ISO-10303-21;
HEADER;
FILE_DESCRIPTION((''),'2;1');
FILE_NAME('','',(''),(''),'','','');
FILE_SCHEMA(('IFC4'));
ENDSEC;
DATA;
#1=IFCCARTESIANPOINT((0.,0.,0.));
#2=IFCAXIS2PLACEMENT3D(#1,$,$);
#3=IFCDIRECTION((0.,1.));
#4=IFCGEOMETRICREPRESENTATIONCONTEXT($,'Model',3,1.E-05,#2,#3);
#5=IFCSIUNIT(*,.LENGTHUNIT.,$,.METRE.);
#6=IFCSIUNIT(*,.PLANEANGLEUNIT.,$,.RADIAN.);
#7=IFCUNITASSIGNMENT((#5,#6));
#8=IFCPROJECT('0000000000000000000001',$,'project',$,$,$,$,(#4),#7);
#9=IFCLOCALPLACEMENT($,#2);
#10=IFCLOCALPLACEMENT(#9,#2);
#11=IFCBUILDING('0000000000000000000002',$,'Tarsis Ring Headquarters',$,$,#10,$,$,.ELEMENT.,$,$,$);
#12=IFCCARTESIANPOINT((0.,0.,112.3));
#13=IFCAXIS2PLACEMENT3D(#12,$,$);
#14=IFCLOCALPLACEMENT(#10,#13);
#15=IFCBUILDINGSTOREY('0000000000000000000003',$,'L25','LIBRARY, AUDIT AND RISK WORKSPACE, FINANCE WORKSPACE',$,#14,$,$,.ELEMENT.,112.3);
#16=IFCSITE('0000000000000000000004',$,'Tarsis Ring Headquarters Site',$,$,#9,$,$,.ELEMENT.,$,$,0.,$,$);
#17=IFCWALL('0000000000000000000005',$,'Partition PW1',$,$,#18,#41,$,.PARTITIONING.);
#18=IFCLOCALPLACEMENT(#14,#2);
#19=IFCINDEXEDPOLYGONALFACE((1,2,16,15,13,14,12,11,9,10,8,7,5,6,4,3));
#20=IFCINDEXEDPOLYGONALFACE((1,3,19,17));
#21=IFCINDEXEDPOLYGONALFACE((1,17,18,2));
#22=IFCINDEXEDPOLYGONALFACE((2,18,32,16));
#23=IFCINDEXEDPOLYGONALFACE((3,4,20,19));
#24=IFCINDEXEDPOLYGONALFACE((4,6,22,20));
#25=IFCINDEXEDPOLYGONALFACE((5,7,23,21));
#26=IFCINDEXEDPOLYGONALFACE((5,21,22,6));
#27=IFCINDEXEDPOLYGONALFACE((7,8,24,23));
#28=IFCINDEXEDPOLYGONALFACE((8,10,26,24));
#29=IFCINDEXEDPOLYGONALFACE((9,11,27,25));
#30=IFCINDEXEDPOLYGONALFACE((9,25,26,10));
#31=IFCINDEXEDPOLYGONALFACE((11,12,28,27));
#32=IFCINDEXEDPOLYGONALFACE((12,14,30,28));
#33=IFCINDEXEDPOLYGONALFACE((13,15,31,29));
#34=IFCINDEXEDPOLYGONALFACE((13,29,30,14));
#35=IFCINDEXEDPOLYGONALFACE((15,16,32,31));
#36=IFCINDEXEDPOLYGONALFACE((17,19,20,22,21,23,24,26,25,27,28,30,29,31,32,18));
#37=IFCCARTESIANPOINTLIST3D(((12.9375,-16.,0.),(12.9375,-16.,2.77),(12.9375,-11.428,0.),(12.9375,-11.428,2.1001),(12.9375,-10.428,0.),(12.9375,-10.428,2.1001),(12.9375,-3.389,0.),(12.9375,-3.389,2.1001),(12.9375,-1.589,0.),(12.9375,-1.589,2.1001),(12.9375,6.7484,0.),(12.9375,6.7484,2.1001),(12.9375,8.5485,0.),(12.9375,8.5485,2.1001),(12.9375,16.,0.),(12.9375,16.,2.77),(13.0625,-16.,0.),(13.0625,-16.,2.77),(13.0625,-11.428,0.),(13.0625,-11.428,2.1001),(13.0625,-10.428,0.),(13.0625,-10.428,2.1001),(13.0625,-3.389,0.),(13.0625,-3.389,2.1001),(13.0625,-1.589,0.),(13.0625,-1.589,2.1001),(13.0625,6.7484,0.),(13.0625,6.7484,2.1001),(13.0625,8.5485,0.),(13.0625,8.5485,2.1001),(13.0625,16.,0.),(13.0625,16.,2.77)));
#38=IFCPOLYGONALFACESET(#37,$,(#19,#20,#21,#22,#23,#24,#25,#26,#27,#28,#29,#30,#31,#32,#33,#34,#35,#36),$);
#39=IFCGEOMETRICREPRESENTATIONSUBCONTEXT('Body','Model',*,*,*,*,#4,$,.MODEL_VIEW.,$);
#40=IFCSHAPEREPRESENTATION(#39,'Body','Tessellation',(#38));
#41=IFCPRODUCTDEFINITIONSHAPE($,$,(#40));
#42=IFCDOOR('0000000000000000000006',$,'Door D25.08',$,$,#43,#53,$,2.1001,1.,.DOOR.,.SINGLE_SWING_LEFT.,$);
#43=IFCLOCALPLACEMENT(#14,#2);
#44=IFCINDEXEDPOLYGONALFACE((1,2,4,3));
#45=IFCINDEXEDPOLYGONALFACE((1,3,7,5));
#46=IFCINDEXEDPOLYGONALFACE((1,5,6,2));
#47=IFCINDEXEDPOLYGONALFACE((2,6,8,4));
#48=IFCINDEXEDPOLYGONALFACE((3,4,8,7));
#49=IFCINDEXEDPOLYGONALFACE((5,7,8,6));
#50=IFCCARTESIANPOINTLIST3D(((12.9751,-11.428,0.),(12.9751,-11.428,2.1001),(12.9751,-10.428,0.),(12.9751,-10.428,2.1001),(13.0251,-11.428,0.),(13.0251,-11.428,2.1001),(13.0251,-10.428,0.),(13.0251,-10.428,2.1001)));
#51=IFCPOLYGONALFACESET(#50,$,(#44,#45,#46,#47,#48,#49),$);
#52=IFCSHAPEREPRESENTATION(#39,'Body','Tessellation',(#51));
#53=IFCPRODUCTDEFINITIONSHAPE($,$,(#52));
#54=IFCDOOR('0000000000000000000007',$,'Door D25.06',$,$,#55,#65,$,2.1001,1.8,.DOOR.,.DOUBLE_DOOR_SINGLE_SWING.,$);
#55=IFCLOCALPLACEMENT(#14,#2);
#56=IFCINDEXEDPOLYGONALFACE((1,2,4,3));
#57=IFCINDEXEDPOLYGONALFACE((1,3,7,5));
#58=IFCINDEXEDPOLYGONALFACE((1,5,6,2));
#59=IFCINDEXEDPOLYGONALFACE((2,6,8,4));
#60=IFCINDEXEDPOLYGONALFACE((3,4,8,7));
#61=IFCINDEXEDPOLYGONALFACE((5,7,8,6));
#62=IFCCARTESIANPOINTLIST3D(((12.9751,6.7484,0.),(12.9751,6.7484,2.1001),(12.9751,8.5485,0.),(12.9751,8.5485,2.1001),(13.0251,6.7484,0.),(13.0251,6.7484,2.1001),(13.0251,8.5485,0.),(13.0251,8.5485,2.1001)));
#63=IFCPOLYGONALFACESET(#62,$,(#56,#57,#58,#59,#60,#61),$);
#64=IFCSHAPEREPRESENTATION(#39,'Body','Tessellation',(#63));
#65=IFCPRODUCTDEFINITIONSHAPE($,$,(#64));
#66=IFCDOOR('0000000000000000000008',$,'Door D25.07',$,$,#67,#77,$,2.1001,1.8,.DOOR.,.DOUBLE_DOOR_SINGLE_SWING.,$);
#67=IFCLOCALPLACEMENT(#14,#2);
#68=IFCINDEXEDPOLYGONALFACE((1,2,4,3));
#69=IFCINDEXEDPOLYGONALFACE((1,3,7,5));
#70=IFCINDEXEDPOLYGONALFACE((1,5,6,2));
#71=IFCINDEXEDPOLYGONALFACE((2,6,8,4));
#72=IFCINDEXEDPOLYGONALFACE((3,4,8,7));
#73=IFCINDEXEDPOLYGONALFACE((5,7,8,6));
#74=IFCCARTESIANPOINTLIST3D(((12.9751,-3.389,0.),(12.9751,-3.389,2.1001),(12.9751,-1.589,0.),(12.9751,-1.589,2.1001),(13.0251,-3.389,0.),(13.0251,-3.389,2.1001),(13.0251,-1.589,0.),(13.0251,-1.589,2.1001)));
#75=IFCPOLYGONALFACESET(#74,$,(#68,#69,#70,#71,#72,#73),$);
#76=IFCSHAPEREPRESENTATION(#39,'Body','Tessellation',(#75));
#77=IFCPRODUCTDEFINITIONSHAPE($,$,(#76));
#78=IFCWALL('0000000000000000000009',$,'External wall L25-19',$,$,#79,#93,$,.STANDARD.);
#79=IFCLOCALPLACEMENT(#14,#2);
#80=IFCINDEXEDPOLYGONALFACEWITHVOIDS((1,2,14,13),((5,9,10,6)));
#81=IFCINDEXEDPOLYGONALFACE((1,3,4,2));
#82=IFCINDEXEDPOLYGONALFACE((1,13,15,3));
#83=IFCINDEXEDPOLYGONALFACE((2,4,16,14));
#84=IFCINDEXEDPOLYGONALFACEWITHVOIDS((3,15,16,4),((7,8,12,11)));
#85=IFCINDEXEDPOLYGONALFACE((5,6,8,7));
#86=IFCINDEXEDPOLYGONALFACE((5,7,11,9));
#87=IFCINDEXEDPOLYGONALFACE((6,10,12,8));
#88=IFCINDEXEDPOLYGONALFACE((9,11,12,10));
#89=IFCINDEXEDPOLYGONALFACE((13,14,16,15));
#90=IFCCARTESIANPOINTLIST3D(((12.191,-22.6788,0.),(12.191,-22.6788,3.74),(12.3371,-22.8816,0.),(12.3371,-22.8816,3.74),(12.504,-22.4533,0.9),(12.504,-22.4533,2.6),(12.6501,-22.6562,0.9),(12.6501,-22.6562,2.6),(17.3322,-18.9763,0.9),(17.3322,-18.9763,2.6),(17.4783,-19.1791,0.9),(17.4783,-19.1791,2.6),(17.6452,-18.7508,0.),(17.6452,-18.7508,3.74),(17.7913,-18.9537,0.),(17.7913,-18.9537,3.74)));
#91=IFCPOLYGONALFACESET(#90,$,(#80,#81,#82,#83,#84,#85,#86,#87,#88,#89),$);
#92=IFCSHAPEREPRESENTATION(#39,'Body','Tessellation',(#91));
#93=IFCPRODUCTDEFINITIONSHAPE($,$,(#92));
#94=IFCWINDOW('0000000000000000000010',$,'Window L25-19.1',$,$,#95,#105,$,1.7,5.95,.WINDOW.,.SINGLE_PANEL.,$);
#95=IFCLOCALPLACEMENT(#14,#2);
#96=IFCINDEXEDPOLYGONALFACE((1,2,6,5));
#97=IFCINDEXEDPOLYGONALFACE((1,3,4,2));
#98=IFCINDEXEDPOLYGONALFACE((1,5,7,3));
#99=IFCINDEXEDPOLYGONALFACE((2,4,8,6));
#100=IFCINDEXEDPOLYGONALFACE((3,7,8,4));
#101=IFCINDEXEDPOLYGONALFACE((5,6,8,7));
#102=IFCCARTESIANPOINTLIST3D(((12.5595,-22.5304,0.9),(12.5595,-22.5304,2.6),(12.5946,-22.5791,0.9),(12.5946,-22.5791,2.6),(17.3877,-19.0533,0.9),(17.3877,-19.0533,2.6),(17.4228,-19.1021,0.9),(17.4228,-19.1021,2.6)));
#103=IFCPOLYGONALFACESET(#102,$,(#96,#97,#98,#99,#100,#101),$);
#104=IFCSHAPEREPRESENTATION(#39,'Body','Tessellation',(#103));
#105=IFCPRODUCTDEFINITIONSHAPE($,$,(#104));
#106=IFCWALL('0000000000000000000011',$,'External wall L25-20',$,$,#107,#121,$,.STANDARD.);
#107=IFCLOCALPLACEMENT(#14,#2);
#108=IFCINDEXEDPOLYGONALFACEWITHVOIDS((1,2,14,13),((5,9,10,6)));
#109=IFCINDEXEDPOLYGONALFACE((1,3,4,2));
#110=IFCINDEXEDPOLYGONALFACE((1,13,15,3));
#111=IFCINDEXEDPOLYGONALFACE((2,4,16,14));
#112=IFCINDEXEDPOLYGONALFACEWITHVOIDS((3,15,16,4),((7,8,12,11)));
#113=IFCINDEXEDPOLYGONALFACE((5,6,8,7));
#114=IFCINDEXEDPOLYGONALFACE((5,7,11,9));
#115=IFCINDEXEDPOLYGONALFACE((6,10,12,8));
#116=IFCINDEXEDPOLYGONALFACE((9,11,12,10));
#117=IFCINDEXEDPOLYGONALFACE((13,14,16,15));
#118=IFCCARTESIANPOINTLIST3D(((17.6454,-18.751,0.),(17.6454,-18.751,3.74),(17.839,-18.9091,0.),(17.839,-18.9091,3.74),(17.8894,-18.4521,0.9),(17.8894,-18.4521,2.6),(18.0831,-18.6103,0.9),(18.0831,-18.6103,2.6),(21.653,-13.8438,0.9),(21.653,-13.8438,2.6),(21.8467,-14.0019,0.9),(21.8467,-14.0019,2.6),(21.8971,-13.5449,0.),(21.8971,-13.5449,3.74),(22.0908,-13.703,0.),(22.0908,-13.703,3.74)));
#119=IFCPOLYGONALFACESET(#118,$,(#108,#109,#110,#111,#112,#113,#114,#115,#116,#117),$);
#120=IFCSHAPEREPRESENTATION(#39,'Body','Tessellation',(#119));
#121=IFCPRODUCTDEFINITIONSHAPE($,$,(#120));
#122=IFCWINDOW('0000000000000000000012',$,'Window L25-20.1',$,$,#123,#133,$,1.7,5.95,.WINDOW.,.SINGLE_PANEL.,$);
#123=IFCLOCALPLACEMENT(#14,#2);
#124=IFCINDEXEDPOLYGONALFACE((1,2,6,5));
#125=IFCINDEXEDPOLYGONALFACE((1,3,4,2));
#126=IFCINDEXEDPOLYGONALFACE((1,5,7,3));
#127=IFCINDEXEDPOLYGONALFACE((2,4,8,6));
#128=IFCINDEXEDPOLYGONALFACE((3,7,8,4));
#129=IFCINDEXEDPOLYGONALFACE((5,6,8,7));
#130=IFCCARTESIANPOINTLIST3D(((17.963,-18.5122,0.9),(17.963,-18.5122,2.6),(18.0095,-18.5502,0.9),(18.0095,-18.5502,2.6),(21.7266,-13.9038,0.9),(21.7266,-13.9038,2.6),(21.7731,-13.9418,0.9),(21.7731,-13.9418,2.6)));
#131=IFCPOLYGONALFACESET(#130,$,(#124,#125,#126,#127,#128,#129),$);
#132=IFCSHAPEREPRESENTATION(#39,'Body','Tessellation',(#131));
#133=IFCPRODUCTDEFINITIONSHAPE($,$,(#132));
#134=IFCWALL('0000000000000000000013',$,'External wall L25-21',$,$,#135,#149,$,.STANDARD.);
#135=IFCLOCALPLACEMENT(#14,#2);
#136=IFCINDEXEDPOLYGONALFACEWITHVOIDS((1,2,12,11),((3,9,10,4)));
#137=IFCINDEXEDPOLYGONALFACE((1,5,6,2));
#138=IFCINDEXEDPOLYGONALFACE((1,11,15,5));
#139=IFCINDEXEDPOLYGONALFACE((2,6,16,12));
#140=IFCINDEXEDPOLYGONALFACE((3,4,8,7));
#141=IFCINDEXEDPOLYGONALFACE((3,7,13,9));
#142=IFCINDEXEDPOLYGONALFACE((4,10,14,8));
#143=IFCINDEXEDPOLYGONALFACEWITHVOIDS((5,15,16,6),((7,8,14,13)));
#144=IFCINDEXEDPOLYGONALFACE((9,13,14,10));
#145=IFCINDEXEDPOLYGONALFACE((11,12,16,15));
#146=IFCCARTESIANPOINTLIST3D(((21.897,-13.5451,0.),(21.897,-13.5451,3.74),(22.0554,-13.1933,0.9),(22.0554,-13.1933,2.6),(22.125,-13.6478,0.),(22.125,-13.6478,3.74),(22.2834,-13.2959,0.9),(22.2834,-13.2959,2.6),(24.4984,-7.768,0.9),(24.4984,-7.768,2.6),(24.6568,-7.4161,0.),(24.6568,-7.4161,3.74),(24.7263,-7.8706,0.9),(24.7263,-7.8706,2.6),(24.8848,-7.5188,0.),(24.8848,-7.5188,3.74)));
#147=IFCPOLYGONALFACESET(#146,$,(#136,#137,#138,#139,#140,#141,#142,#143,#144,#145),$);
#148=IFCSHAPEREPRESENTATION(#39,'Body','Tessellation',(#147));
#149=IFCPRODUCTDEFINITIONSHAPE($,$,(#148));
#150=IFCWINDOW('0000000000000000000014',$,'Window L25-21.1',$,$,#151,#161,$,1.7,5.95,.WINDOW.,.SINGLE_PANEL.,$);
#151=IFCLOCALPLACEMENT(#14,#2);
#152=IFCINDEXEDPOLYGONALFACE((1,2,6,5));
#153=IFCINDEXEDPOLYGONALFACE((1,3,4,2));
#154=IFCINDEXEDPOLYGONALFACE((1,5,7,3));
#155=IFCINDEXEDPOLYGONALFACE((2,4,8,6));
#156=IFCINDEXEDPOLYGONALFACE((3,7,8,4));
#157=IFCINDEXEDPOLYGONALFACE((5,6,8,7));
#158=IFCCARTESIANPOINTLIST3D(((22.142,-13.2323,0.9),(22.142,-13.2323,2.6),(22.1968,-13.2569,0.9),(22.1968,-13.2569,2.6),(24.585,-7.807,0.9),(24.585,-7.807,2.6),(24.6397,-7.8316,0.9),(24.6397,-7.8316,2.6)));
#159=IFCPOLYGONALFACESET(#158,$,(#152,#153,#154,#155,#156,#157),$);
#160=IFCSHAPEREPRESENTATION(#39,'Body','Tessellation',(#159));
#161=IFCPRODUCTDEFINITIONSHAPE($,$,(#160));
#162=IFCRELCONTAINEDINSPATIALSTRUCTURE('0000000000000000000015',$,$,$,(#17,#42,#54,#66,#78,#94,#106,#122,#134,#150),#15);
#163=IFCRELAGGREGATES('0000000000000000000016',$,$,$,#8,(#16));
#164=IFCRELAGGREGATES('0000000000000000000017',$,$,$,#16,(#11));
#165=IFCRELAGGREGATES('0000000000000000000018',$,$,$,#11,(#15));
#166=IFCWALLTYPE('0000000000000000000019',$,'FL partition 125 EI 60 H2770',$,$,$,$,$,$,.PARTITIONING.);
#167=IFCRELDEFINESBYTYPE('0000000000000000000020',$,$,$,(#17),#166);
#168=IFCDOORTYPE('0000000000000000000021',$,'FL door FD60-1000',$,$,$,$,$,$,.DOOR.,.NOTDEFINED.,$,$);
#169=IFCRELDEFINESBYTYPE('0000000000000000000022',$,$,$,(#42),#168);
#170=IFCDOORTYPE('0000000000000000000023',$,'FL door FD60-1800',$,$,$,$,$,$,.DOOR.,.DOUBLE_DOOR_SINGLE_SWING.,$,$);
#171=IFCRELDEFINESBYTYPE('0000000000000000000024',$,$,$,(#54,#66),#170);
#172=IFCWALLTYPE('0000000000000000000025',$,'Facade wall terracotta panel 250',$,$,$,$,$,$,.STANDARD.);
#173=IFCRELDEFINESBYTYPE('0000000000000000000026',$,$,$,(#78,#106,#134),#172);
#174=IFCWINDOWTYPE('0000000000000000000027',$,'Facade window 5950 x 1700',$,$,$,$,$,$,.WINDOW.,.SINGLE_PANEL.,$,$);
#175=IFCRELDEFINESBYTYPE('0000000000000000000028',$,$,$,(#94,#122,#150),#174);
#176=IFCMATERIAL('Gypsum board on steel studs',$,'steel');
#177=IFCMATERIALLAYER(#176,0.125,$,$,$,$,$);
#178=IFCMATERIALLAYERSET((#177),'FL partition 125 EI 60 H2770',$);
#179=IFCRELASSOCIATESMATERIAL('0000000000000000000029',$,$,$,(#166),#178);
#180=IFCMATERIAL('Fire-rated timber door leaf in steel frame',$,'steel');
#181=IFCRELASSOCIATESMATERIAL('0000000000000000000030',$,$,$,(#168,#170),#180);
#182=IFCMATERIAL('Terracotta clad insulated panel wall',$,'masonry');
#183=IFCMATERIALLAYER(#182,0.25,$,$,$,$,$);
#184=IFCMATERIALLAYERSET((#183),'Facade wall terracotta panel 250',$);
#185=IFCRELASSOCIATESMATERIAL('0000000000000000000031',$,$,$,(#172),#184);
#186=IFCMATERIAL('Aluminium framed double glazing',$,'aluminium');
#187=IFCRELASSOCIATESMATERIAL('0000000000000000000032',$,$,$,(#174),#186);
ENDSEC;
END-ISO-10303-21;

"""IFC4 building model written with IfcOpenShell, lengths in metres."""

from ifc_helpers import new_model, si_unit, direction, frame, frame_2d, origin, place, context, subcontext, project, spatial, rectangle, extrude, material, layer, layer_set, type_object, element, fill, save


model = new_model("IFC4")

# Units and contexts
model_context = context("Model", 3, precision=1e-05, world=origin(), true_north=direction((0.0, 1.0)))
body_context = subcontext(model_context, "Body", "Model", "MODEL_VIEW")
ifc_project = project(units=[si_unit("LENGTHUNIT", "METRE"), si_unit("PLANEANGLEUNIT", "RADIAN")], contexts=[model_context])

# Site, building, storey
site_placement = place(None, origin())
site = spatial("IfcSite", under=ifc_project, at=site_placement, Name="Tarsis Ring Headquarters Site", CompositionType="ELEMENT", RefElevation=0.0)
building_placement = place(site_placement, origin())
building = spatial("IfcBuilding", under=site, at=building_placement, Name="Tarsis Ring Headquarters", CompositionType="ELEMENT")
storey_placement = place(building_placement, frame((0.0, 0.0, 112.3)))
storey = spatial("IfcBuildingStorey", under=building, at=storey_placement, Name="L25", Description="LIBRARY, AUDIT AND RISK WORKSPACE, FINANCE WORKSPACE", CompositionType="ELEMENT", Elevation=112.3)

# Shared definitions
ifc_material_1 = material(Name="Gypsum board on steel studs", Category="steel")

# Wall, openings, doors
ifc_layer_1 = layer(ifc_material_1, 0.125)
ifc_layer_set_1 = layer_set([ifc_layer_1], Name="FL partition 125 EI 60 H2770")
wall_type_1 = type_object("IfcWallType", Name="FL partition 125 EI 60 H2770", PredefinedType="PARTITIONING", material=ifc_layer_set_1)
wall_1_placement = place(storey_placement, frame((13.0, -16.0, 0.0), z_axis=(0.0, 0.0, 1.0), x_axis=(0.0, 1.0, 0.0)))
wall_1 = element("IfcWall", 1, at=wall_1_placement, inside=storey, type_object=wall_type_1, Name="Partition PW1", PredefinedType="PARTITIONING", context=body_context, shape_type="SweptSolid", body=[
    extrude(rectangle(XDim=32.0, YDim=0.125, at=frame_2d((16.0, 0.0))), origin(), (0.0, 0.0, 1.0), 2.77),
])
opening_1_placement = place(wall_1_placement, frame((22.7485, 0.0, 0.0)))
opening_1 = element("IfcOpeningElement", 2, at=opening_1_placement, cuts=wall_1, PredefinedType="OPENING", context=body_context, shape_type="SweptSolid", body=[
    extrude(rectangle(XDim=1.8, YDim=2.1001, at=frame_2d((0.8999, 1.05))), frame((0.0, 0.0725, 0.0), z_axis=(0.0, -1.0, 0.0), x_axis=(1.0, 0.0, 0.0)), (0.0, 0.0, 1.0), 0.145),
])
opening_2_placement = place(wall_1_placement, frame((12.6111, 0.0, 0.0)))
opening_2 = element("IfcOpeningElement", 3, at=opening_2_placement, cuts=wall_1, PredefinedType="OPENING", context=body_context, shape_type="SweptSolid", body=[
    extrude(rectangle(XDim=1.8, YDim=2.1001, at=frame_2d((0.8999, 1.05))), frame((0.0, 0.0725, 0.0), z_axis=(0.0, -1.0, 0.0), x_axis=(1.0, 0.0, 0.0)), (0.0, 0.0, 1.0), 0.145),
])
opening_3_placement = place(wall_1_placement, frame((4.572, 0.0, 0.0)))
opening_3 = element("IfcOpeningElement", 4, at=opening_3_placement, cuts=wall_1, PredefinedType="OPENING", context=body_context, shape_type="SweptSolid", body=[
    extrude(rectangle(XDim=1.0, YDim=2.1001, at=frame_2d((0.5, 1.05))), frame((0.0, 0.0725, 0.0), z_axis=(0.0, -1.0, 0.0), x_axis=(1.0, 0.0, 0.0)), (0.0, 0.0, 1.0), 0.145),
])
ifc_material_2 = material(Name="Fire-rated timber door leaf in steel frame", Category="steel")
door_type_1 = type_object("IfcDoorType", Name="FL door FD60-1000", OperationType="NOTDEFINED", PredefinedType="DOOR", material=ifc_material_2)
door_1_placement = place(opening_3_placement, origin())
door_1 = element("IfcDoor", 5, at=door_1_placement, inside=storey, type_object=door_type_1, Name="Door D25.08", OperationType="SINGLE_SWING_LEFT", OverallHeight=2.1001, OverallWidth=1.0, PredefinedType="DOOR", context=body_context, shape_type="SweptSolid", body=[
    extrude(rectangle(XDim=1.0, YDim=2.1001, at=frame_2d((0.5, 1.05))), frame((0.0, 0.0249, 0.0), z_axis=(0.0, -1.0, 0.0), x_axis=(1.0, 0.0, 0.0)), (0.0, 0.0, 1.0), 0.05),
])
fill(opening_3, door_1)
door_type_2 = type_object("IfcDoorType", Name="FL door FD60-1800", OperationType="DOUBLE_DOOR_SINGLE_SWING", PredefinedType="DOOR", material=ifc_material_2)
door_2_placement = place(opening_1_placement, origin())
door_2 = element("IfcDoor", 6, at=door_2_placement, inside=storey, type_object=door_type_2, Name="Door D25.06", OperationType="DOUBLE_DOOR_SINGLE_SWING", OverallHeight=2.1001, OverallWidth=1.8, PredefinedType="DOOR", context=body_context, shape_type="SweptSolid", body=[
    extrude(rectangle(XDim=1.8, YDim=2.1001, at=frame_2d((0.8999, 1.05))), frame((0.0, 0.0249, 0.0), z_axis=(0.0, -1.0, 0.0), x_axis=(1.0, 0.0, 0.0)), (0.0, 0.0, 1.0), 0.05),
])
fill(opening_1, door_2)
door_3_placement = place(opening_2_placement, origin())
door_3 = element("IfcDoor", 7, at=door_3_placement, inside=storey, type_object=door_type_2, Name="Door D25.07", OperationType="DOUBLE_DOOR_SINGLE_SWING", OverallHeight=2.1001, OverallWidth=1.8, PredefinedType="DOOR", context=body_context, shape_type="SweptSolid", body=[
    extrude(rectangle(XDim=1.8, YDim=2.1001, at=frame_2d((0.8999, 1.05))), frame((0.0, 0.0249, 0.0), z_axis=(0.0, -1.0, 0.0), x_axis=(1.0, 0.0, 0.0)), (0.0, 0.0, 1.0), 0.05),
])
fill(opening_2, door_3)

# Walls, openings, windows
ifc_material_3 = material(Name="Terracotta clad insulated panel wall", Category="masonry")
ifc_layer_2 = layer(ifc_material_3, 0.25)
ifc_layer_set_2 = layer_set([ifc_layer_2], Name="Facade wall terracotta panel 250")
wall_type_2 = type_object("IfcWallType", Name="Facade wall terracotta panel 250", PredefinedType="STANDARD", material=ifc_layer_set_2)
wall_2_placement = place(storey_placement, frame((12.2639, -22.7803, 0.0), z_axis=(0.0, 0.0, 1.0), x_axis=(0.811474, 0.584388, 0.0)))
wall_2 = element("IfcWall", 8, at=wall_2_placement, inside=storey, type_object=wall_type_2, Name="External wall L25-19", PredefinedType="STANDARD", context=body_context, shape_type="SweptSolid", body=[
    extrude(rectangle(XDim=6.7214, YDim=0.25, at=frame_2d((3.3608, 0.0))), origin(), (0.0, 0.0, 1.0), 3.74),
])
opening_4_placement = place(wall_2_placement, frame((0.3857, 0.0, 0.8999)))
opening_4 = element("IfcOpeningElement", 9, at=opening_4_placement, cuts=wall_2, PredefinedType="OPENING", context=body_context, shape_type="SweptSolid", body=[
    extrude(rectangle(XDim=5.95, YDim=1.7, at=frame_2d((2.9751, 0.8501))), frame((0.0, 0.135, 0.0), z_axis=(0.0, -1.0, 0.0), x_axis=(1.0, 0.0, 0.0)), (0.0, 0.0, 1.0), 0.27),
])
ifc_material_4 = material(Name="Aluminium framed double glazing", Category="aluminium")
window_type = type_object("IfcWindowType", Name="Facade window 5950 x 1700", PartitioningType="SINGLE_PANEL", PredefinedType="WINDOW", material=ifc_material_4)
window_1_placement = place(opening_4_placement, origin())
window_1 = element("IfcWindow", 10, at=window_1_placement, inside=storey, type_object=window_type, Name="Window L25-19.1", OverallHeight=1.7, OverallWidth=5.95, PartitioningType="SINGLE_PANEL", PredefinedType="WINDOW", context=body_context, shape_type="SweptSolid", body=[
    extrude(rectangle(XDim=5.95, YDim=1.7, at=frame_2d((2.9751, 0.8501))), frame((0.0, 0.03, 0.0), z_axis=(0.0, -1.0, 0.0), x_axis=(1.0, 0.0, 0.0)), (0.0, 0.0, 1.0), 0.0601),
])
fill(opening_4, window_1)
wall_3_placement = place(storey_placement, frame((17.7422, -18.8301, 0.0), z_axis=(0.0, 0.0, 1.0), x_axis=(0.632543, 0.774525, 0.0)))
wall_3 = element("IfcWall", 11, at=wall_3_placement, inside=storey, type_object=wall_type_2, Name="External wall L25-20", PredefinedType="STANDARD", context=body_context, shape_type="SweptSolid", body=[
    extrude(rectangle(XDim=6.7217, YDim=0.25, at=frame_2d((3.3608, 0.0))), origin(), (0.0, 0.0, 1.0), 3.74),
])
opening_5_placement = place(wall_3_placement, frame((0.3857, 0.0, 0.8999)))
opening_5 = element("IfcOpeningElement", 12, at=opening_5_placement, cuts=wall_3, PredefinedType="OPENING", context=body_context, shape_type="SweptSolid", body=[
    extrude(rectangle(XDim=5.95, YDim=1.7, at=frame_2d((2.9751, 0.8501))), frame((0.0, 0.135, 0.0), z_axis=(0.0, -1.0, 0.0), x_axis=(1.0, 0.0, 0.0)), (0.0, 0.0, 1.0), 0.27),
])
window_2_placement = place(opening_5_placement, origin())
window_2 = element("IfcWindow", 13, at=window_2_placement, inside=storey, type_object=window_type, Name="Window L25-20.1", OverallHeight=1.7, OverallWidth=5.95, PartitioningType="SINGLE_PANEL", PredefinedType="WINDOW", context=body_context, shape_type="SweptSolid", body=[
    extrude(rectangle(XDim=5.95, YDim=1.7, at=frame_2d((2.9751, 0.8501))), frame((0.0, 0.03, 0.0), z_axis=(0.0, -1.0, 0.0), x_axis=(1.0, 0.0, 0.0)), (0.0, 0.0, 1.0), 0.0601),
])
fill(opening_5, window_2)
wall_4_placement = place(storey_placement, frame((22.011, -13.5964, 0.0), z_axis=(0.0, 0.0, 1.0), x_axis=(0.410582, 0.911824, 0.0)))
wall_4 = element("IfcWall", 14, at=wall_4_placement, inside=storey, type_object=wall_type_2, Name="External wall L25-21", PredefinedType="STANDARD", context=body_context, shape_type="SweptSolid", body=[
    extrude(rectangle(XDim=6.7217, YDim=0.25, at=frame_2d((3.3608, 0.0))), origin(), (0.0, 0.0, 1.0), 3.74),
])
opening_6_placement = place(wall_4_placement, frame((0.3857, 0.0, 0.8999)))
opening_6 = element("IfcOpeningElement", 15, at=opening_6_placement, cuts=wall_4, PredefinedType="OPENING", context=body_context, shape_type="SweptSolid", body=[
    extrude(rectangle(XDim=5.95, YDim=1.7, at=frame_2d((2.9751, 0.8501))), frame((0.0, 0.135, 0.0), z_axis=(0.0, -1.0, 0.0), x_axis=(1.0, 0.0, 0.0)), (0.0, 0.0, 1.0), 0.27),
])
window_3_placement = place(opening_6_placement, origin())
window_3 = element("IfcWindow", 16, at=window_3_placement, inside=storey, type_object=window_type, Name="Window L25-21.1", OverallHeight=1.7, OverallWidth=5.95, PartitioningType="SINGLE_PANEL", PredefinedType="WINDOW", context=body_context, shape_type="SweptSolid", body=[
    extrude(rectangle(XDim=5.95, YDim=1.7, at=frame_2d((2.9751, 0.8501))), frame((0.0, 0.03, 0.0), z_axis=(0.0, -1.0, 0.0), x_axis=(1.0, 0.0, 0.0)), (0.0, 0.0, 1.0), 0.0601),
])
fill(opening_6, window_3)

save(model, "model.ifc")
